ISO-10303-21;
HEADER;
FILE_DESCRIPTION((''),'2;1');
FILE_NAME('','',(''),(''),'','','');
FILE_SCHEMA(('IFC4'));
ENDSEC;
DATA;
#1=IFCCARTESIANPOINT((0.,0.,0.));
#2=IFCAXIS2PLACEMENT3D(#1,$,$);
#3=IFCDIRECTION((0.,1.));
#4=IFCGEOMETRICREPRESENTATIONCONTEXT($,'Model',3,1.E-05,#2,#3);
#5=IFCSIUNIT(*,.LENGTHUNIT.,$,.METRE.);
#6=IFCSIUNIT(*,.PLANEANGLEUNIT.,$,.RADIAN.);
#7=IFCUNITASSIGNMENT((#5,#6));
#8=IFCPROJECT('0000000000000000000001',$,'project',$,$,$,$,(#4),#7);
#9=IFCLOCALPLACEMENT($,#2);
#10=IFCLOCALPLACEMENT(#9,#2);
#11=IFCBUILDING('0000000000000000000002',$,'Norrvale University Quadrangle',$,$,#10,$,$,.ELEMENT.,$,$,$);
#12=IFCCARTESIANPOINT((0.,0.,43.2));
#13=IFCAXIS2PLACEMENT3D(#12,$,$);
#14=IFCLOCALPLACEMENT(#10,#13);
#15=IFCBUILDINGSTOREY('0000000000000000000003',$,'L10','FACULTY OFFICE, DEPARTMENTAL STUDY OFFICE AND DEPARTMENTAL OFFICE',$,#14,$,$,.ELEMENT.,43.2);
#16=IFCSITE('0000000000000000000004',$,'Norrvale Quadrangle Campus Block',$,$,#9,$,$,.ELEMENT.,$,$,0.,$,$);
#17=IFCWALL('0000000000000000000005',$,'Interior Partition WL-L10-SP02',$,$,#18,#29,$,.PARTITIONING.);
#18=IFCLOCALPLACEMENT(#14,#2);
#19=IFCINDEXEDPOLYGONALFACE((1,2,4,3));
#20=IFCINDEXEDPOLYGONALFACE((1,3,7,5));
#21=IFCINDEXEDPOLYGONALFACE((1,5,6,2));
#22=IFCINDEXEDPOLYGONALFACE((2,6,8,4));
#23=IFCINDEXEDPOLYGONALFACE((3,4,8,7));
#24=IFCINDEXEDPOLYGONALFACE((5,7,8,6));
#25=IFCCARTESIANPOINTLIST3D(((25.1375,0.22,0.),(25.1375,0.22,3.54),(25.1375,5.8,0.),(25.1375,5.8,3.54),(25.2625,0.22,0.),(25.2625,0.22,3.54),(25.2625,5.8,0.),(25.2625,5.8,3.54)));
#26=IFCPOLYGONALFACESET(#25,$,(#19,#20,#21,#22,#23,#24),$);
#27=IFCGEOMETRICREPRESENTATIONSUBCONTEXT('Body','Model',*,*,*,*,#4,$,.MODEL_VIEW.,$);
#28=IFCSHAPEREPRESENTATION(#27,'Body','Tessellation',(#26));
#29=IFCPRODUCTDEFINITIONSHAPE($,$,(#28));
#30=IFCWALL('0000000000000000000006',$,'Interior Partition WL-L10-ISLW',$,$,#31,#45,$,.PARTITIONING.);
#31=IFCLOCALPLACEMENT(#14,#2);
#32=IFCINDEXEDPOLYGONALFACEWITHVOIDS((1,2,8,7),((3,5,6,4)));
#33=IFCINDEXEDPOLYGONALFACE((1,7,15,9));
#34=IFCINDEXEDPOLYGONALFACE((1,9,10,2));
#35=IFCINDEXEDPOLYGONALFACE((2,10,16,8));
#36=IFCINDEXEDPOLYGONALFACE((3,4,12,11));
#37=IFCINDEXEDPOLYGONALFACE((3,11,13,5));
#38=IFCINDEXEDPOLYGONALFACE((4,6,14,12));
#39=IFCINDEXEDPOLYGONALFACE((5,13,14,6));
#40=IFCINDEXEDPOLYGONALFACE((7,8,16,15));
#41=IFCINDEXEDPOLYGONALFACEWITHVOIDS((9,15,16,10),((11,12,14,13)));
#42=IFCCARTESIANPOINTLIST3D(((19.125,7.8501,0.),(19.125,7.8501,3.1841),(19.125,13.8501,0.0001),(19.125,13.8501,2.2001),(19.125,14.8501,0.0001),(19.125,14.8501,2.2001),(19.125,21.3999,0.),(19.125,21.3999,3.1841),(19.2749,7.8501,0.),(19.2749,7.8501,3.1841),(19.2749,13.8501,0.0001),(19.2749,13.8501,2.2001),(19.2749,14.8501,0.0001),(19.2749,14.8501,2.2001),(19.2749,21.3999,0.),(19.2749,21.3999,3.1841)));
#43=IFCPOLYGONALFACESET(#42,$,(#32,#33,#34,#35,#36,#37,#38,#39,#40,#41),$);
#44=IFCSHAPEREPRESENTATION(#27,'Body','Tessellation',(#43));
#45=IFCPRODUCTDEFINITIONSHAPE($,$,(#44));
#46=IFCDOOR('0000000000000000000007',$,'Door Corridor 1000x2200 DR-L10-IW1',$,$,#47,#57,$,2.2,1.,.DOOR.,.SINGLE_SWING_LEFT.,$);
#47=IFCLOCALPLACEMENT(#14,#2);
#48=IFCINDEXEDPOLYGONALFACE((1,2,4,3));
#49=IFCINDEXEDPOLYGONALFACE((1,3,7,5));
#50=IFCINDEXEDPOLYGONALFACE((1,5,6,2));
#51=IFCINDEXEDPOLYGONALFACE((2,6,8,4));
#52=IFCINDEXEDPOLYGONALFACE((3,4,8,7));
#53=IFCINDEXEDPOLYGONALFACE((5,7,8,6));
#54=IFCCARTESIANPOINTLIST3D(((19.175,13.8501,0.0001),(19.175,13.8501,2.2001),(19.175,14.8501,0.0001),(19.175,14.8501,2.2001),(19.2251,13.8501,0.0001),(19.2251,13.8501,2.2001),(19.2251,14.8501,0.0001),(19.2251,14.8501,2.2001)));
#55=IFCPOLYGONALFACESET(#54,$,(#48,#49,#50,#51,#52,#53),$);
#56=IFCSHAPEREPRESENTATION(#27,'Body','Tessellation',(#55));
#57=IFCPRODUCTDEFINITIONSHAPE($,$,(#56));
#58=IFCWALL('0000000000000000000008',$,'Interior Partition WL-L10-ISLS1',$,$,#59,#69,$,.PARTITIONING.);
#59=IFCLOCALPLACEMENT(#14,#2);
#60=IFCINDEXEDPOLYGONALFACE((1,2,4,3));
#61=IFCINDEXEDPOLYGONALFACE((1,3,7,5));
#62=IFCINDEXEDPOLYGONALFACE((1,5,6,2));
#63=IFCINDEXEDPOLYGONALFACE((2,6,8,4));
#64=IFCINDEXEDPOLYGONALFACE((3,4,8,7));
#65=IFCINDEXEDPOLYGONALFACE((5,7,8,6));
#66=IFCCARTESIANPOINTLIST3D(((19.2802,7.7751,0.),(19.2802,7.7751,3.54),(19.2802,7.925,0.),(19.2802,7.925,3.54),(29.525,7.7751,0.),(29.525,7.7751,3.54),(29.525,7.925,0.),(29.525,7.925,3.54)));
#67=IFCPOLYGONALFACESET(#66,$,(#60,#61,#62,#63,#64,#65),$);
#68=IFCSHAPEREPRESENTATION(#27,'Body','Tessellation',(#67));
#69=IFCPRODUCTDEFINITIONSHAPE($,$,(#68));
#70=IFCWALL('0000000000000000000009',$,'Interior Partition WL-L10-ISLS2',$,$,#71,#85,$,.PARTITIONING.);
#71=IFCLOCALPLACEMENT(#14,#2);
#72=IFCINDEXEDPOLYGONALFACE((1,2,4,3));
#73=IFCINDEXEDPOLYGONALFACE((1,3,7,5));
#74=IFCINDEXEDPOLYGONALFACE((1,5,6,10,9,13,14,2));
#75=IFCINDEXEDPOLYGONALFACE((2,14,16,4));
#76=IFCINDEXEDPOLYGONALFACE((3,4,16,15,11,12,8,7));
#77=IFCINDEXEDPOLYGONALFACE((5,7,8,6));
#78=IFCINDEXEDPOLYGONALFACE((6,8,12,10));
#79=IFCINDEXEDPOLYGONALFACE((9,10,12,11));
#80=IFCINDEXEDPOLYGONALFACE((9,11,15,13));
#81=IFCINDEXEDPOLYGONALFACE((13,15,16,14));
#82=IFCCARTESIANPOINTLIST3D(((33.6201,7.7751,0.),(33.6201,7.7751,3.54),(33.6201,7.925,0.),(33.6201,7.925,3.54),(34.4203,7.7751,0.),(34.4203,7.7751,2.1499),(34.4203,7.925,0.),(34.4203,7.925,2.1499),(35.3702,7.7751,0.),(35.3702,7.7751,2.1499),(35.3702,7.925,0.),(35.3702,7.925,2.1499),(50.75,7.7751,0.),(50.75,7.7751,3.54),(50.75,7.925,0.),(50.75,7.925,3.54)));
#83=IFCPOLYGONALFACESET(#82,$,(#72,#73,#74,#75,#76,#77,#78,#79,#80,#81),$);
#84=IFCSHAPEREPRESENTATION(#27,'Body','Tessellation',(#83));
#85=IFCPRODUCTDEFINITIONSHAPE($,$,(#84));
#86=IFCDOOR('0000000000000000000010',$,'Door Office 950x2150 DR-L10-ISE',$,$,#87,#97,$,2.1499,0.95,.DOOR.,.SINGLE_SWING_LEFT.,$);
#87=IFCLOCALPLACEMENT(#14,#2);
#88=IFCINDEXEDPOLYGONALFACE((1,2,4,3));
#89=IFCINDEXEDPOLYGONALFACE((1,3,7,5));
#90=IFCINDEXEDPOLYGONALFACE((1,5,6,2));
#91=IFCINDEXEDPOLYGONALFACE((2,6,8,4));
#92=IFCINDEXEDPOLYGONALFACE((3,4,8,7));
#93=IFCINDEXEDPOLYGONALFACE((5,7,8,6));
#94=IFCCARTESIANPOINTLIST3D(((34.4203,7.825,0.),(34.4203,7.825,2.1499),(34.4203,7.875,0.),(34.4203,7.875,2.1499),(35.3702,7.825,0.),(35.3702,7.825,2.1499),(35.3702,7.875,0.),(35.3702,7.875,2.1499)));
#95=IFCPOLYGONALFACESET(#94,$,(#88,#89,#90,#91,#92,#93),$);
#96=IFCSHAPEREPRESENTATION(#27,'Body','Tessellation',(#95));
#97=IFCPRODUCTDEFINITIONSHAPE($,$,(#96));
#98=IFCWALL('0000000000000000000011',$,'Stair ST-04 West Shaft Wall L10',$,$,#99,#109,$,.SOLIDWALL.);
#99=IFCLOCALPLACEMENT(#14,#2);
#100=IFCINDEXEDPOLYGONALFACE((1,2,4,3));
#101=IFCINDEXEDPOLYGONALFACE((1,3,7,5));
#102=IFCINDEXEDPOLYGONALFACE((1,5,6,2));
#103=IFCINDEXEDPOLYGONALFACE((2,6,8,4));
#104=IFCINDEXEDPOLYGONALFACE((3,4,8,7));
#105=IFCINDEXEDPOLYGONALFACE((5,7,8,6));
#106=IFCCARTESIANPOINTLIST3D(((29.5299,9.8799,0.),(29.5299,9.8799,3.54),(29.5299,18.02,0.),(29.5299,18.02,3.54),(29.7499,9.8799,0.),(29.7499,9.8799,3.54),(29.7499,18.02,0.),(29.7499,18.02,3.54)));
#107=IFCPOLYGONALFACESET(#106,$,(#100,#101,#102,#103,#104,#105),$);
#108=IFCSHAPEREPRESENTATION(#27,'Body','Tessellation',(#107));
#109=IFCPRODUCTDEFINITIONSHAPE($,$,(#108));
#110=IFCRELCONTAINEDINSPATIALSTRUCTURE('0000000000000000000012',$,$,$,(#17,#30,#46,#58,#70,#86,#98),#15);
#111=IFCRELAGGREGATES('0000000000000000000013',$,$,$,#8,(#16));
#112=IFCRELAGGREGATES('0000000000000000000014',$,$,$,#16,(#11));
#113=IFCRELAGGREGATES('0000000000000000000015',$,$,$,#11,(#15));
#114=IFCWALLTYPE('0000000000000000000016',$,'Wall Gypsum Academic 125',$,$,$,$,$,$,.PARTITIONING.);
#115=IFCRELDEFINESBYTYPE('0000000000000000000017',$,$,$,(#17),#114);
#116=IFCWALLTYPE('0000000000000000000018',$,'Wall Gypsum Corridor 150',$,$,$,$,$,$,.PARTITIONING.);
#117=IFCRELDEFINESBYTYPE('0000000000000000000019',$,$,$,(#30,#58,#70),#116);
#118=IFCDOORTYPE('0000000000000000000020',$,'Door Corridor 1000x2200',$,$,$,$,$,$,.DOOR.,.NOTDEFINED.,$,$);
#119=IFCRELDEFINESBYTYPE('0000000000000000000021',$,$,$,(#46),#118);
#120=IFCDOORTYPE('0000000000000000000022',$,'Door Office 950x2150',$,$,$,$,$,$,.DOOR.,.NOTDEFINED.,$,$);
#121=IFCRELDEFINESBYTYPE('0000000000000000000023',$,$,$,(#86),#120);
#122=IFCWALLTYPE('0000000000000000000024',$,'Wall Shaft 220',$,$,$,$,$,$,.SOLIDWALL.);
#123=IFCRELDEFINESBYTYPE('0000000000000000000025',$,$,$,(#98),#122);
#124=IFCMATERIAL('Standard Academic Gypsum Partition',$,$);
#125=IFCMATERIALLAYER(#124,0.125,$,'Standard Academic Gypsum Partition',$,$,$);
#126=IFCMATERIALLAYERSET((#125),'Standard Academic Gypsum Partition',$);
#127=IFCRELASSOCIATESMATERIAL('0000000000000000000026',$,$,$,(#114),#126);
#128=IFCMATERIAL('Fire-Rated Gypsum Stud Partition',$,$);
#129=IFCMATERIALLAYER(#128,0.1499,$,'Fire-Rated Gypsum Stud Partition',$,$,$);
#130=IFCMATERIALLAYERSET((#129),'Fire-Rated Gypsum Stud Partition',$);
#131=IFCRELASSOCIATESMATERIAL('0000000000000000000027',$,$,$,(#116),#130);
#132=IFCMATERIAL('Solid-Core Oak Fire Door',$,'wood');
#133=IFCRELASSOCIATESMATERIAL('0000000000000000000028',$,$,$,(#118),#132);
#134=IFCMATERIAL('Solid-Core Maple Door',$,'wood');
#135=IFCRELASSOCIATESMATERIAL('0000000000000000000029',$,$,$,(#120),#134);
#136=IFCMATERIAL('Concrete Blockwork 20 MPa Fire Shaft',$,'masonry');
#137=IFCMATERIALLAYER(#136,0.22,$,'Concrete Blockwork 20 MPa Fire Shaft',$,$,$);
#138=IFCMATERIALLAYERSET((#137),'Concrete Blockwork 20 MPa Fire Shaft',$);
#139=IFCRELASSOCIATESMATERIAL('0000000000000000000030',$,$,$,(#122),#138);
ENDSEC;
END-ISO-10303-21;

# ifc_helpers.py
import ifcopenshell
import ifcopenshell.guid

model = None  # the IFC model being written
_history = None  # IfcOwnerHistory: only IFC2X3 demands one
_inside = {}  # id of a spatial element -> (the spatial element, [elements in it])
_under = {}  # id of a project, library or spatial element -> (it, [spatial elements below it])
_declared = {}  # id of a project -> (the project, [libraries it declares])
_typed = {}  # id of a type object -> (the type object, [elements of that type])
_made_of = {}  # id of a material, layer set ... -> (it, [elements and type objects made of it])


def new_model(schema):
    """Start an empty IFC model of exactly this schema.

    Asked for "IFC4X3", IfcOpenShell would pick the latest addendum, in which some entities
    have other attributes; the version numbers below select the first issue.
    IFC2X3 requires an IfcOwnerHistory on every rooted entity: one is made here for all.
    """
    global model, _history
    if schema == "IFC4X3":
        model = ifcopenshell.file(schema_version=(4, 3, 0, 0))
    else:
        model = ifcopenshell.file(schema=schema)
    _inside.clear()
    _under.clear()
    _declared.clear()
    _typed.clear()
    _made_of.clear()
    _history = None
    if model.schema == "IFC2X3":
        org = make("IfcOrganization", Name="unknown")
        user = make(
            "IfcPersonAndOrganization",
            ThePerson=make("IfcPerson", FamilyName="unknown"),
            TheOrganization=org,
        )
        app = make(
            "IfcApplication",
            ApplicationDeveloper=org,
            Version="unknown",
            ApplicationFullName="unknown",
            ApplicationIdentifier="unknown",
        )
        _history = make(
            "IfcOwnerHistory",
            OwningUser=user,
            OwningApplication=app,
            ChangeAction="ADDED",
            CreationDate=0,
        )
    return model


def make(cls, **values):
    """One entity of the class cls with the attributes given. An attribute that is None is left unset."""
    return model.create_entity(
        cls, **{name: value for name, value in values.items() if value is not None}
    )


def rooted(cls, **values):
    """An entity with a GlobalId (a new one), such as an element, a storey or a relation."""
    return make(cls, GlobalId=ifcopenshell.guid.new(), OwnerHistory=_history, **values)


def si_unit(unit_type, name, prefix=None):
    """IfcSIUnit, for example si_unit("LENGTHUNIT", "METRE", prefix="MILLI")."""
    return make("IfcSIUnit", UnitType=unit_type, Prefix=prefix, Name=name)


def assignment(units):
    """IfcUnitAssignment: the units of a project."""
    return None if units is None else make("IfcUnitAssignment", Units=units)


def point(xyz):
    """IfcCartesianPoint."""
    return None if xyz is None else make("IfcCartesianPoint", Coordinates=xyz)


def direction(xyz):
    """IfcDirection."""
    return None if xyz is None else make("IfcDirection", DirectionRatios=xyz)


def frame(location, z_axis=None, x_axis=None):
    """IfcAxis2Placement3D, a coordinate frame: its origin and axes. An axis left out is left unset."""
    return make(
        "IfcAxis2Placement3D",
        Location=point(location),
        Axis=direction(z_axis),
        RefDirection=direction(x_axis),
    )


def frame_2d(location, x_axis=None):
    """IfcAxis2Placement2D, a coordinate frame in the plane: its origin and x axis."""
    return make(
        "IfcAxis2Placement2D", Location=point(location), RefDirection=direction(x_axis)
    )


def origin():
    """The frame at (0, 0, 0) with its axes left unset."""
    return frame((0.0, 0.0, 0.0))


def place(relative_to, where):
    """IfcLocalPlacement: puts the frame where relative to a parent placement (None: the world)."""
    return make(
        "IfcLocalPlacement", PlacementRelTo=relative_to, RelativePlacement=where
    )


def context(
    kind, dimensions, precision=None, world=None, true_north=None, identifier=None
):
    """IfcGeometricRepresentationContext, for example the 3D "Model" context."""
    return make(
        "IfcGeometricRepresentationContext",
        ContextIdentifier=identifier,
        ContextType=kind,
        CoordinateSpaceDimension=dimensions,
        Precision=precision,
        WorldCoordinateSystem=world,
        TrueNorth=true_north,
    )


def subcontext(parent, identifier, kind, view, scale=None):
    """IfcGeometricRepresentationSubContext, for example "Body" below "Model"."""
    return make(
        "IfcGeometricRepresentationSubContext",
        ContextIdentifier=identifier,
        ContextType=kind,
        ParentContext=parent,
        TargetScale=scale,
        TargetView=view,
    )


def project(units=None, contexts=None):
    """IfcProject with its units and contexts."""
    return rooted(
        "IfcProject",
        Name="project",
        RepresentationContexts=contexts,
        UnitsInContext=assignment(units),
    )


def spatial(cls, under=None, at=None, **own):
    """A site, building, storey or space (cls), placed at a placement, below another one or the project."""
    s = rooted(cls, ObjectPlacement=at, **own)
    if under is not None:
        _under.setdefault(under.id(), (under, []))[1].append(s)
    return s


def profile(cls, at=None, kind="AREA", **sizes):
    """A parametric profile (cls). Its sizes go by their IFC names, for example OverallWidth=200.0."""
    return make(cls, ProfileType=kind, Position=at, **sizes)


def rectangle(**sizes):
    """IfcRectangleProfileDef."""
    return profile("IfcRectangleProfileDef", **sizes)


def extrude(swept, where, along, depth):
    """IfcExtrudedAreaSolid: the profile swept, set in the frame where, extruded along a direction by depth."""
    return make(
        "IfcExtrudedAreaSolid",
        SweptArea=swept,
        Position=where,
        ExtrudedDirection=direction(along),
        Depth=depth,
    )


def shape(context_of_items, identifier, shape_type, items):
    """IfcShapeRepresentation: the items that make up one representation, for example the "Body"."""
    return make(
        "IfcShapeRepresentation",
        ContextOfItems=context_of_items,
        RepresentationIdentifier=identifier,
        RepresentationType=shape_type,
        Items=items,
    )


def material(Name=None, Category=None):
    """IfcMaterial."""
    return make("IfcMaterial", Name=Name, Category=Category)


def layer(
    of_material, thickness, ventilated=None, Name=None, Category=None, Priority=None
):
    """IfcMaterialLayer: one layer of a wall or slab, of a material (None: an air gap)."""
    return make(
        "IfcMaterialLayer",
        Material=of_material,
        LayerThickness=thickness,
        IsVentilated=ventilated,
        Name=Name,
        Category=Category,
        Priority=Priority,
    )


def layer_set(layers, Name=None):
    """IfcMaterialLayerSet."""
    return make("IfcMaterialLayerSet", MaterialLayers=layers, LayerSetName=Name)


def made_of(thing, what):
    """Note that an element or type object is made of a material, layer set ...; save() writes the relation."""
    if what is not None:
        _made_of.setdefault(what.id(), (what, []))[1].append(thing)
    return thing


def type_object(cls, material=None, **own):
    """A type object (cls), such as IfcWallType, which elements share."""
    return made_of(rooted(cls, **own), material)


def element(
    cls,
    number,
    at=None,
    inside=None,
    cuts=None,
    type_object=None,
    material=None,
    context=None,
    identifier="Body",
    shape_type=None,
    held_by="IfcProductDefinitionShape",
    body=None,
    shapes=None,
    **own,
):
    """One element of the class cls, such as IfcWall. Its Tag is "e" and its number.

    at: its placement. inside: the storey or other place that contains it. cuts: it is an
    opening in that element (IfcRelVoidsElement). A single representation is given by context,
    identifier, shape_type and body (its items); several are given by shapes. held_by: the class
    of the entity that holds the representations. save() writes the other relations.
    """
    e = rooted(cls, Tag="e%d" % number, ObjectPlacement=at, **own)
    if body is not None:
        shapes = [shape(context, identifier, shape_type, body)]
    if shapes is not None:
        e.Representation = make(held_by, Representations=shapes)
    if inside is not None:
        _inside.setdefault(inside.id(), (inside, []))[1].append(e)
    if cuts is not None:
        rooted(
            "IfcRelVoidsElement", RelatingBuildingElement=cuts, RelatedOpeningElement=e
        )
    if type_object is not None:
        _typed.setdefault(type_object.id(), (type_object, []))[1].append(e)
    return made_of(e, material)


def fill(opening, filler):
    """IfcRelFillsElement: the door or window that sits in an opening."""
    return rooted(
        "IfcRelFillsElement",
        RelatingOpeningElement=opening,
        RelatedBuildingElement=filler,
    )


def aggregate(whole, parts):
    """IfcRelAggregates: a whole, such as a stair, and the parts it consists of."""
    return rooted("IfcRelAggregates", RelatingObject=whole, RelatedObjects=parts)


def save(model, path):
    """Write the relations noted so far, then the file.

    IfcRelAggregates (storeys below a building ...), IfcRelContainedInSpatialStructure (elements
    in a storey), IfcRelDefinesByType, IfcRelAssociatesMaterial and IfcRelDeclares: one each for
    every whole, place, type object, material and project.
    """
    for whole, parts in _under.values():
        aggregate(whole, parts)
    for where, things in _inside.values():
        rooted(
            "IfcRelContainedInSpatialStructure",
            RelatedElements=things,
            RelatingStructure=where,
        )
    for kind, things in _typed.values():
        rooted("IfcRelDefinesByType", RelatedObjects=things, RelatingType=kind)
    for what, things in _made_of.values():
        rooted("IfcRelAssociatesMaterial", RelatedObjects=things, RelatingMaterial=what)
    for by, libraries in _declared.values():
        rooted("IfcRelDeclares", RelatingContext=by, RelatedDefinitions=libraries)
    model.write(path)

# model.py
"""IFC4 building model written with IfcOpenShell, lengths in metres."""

from ifc_helpers import new_model, si_unit, direction, frame, frame_2d, origin, place, context, subcontext, project, spatial, rectangle, extrude, material, layer, layer_set, type_object, element, fill, save


model = new_model("IFC4")

# Units and contexts
model_context = context("Model", 3, precision=1e-05, world=origin(), true_north=direction((0.0, 1.0)))
body_context = subcontext(model_context, "Body", "Model", "MODEL_VIEW")
ifc_project = project(units=[si_unit("LENGTHUNIT", "METRE"), si_unit("PLANEANGLEUNIT", "RADIAN")], contexts=[model_context])

# Site, building, storey
site_placement = place(None, origin())
site = spatial("IfcSite", under=ifc_project, at=site_placement, Name="Norrvale Quadrangle Campus Block", CompositionType="ELEMENT", RefElevation=0.0)
building_placement = place(site_placement, origin())
building = spatial("IfcBuilding", under=site, at=building_placement, Name="Norrvale University Quadrangle", CompositionType="ELEMENT")
storey_placement = place(building_placement, frame((0.0, 0.0, 43.2)))
storey = spatial("IfcBuildingStorey", under=building, at=storey_placement, Name="L10", Description="FACULTY OFFICE, DEPARTMENTAL STUDY OFFICE AND DEPARTMENTAL OFFICE", CompositionType="ELEMENT", Elevation=43.2)

# Wall
ifc_material_1 = material(Name="Standard Academic Gypsum Partition")
ifc_layer_1 = layer(ifc_material_1, 0.125, Name="Standard Academic Gypsum Partition")
ifc_layer_set_1 = layer_set([ifc_layer_1], Name="Standard Academic Gypsum Partition")
wall_type_1 = type_object("IfcWallType", Name="Wall Gypsum Academic 125", PredefinedType="PARTITIONING", material=ifc_layer_set_1)
wall_1_placement = place(storey_placement, frame((25.2, 0.22, 0.0), z_axis=(0.0, 0.0, 1.0), x_axis=(0.0, 1.0, 0.0)))
element("IfcWall", 1, at=wall_1_placement, inside=storey, type_object=wall_type_1, Name="Interior Partition WL-L10-SP02", PredefinedType="PARTITIONING", context=body_context, shape_type="SweptSolid", body=[
    extrude(rectangle(XDim=5.5801, YDim=0.125, at=frame_2d((2.79, 0.0))), origin(), (0.0, 0.0, 1.0), 3.54),
])

# Wall, opening, door
ifc_material_2 = material(Name="Fire-Rated Gypsum Stud Partition")
ifc_layer_2 = layer(ifc_material_2, 0.1499, Name="Fire-Rated Gypsum Stud Partition")
ifc_layer_set_2 = layer_set([ifc_layer_2], Name="Fire-Rated Gypsum Stud Partition")
wall_type_2 = type_object("IfcWallType", Name="Wall Gypsum Corridor 150", PredefinedType="PARTITIONING", material=ifc_layer_set_2)
wall_2_placement = place(storey_placement, frame((19.2, 7.8501, 0.0), z_axis=(0.0, 0.0, 1.0), x_axis=(0.0, 1.0, 0.0)))
wall_2 = element("IfcWall", 2, at=wall_2_placement, inside=storey, type_object=wall_type_2, Name="Interior Partition WL-L10-ISLW", PredefinedType="PARTITIONING", context=body_context, shape_type="SweptSolid", body=[
    extrude(rectangle(XDim=13.5498, YDim=0.1499, at=frame_2d((6.7749, 0.0))), origin(), (0.0, 0.0, 1.0), 3.1841),
])
opening_1_placement = place(wall_2_placement, frame((6.0, 0.0, 0.0)))
opening_1 = element("IfcOpeningElement", 3, at=opening_1_placement, cuts=wall_2, PredefinedType="OPENING", context=body_context, shape_type="SweptSolid", body=[
    extrude(rectangle(XDim=1.0, YDim=2.2, at=frame_2d((0.5, 1.1001))), frame((0.0, 0.0869, 0.0), z_axis=(0.0, -1.0, 0.0), x_axis=(1.0, 0.0, 0.0)), (0.0, 0.0, 1.0), 0.1738),
])
ifc_material_3 = material(Name="Solid-Core Oak Fire Door", Category="wood")
door_type_1 = type_object("IfcDoorType", Name="Door Corridor 1000x2200", OperationType="NOTDEFINED", PredefinedType="DOOR", material=ifc_material_3)
door_1_placement = place(opening_1_placement, origin())
door_1 = element("IfcDoor", 4, at=door_1_placement, inside=storey, type_object=door_type_1, Name="Door Corridor 1000x2200 DR-L10-IW1", OperationType="SINGLE_SWING_LEFT", OverallHeight=2.2, OverallWidth=1.0, PredefinedType="DOOR", context=body_context, shape_type="SweptSolid", body=[
    extrude(rectangle(XDim=1.0, YDim=2.2, at=frame_2d((0.5, 1.1001))), frame((0.0, 0.0249, 0.0), z_axis=(0.0, -1.0, 0.0), x_axis=(1.0, 0.0, 0.0)), (0.0, 0.0, 1.0), 0.05),
])
fill(opening_1, door_1)

# Wall
wall_3_placement = place(storey_placement, frame((19.28, 7.8501, 0.0), z_axis=(0.0, 0.0, 1.0), x_axis=(1.0, 0.0, 0.0)))
element("IfcWall", 5, at=wall_3_placement, inside=storey, type_object=wall_type_2, Name="Interior Partition WL-L10-ISLS1", PredefinedType="PARTITIONING", context=body_context, shape_type="SweptSolid", body=[
    extrude(rectangle(XDim=10.2449, YDim=0.1499, at=frame_2d((5.1226, 0.0))), origin(), (0.0, 0.0, 1.0), 3.54),
])

# Wall, opening, door
wall_4_placement = place(storey_placement, frame((33.6201, 7.8501, 0.0), z_axis=(0.0, 0.0, 1.0), x_axis=(1.0, 0.0, 0.0)))
wall_4 = element("IfcWall", 6, at=wall_4_placement, inside=storey, type_object=wall_type_2, Name="Interior Partition WL-L10-ISLS2", PredefinedType="PARTITIONING", context=body_context, shape_type="SweptSolid", body=[
    extrude(rectangle(XDim=17.1299, YDim=0.1499, at=frame_2d((8.5649, 0.0))), origin(), (0.0, 0.0, 1.0), 3.54),
])
opening_2_placement = place(wall_4_placement, frame((0.8, 0.0, 0.0)))
opening_2 = element("IfcOpeningElement", 7, at=opening_2_placement, cuts=wall_4, PredefinedType="OPENING", context=body_context, shape_type="SweptSolid", body=[
    extrude(rectangle(XDim=0.95, YDim=2.1499, at=frame_2d((0.4751, 1.075))), frame((0.0, 0.0869, 0.0), z_axis=(0.0, -1.0, 0.0), x_axis=(1.0, 0.0, 0.0)), (0.0, 0.0, 1.0), 0.1738),
])
ifc_material_4 = material(Name="Solid-Core Maple Door", Category="wood")
door_type_2 = type_object("IfcDoorType", Name="Door Office 950x2150", OperationType="NOTDEFINED", PredefinedType="DOOR", material=ifc_material_4)
door_2_placement = place(opening_2_placement, origin())
door_2 = element("IfcDoor", 8, at=door_2_placement, inside=storey, type_object=door_type_2, Name="Door Office 950x2150 DR-L10-ISE", OperationType="SINGLE_SWING_LEFT", OverallHeight=2.1499, OverallWidth=0.95, PredefinedType="DOOR", context=body_context, shape_type="SweptSolid", body=[
    extrude(rectangle(XDim=0.95, YDim=2.1499, at=frame_2d((0.4751, 1.075))), frame((0.0, 0.0249, 0.0), z_axis=(0.0, -1.0, 0.0), x_axis=(1.0, 0.0, 0.0)), (0.0, 0.0, 1.0), 0.05),
])
fill(opening_2, door_2)

# Wall
ifc_material_5 = material(Name="Concrete Blockwork 20 MPa Fire Shaft", Category="masonry")
ifc_layer_3 = layer(ifc_material_5, 0.22, Name="Concrete Blockwork 20 MPa Fire Shaft")
ifc_layer_set_3 = layer_set([ifc_layer_3], Name="Concrete Blockwork 20 MPa Fire Shaft")
wall_type_3 = type_object("IfcWallType", Name="Wall Shaft 220", PredefinedType="SOLIDWALL", material=ifc_layer_set_3)
wall_5_placement = place(storey_placement, frame((29.6399, 9.8799, 0.0), z_axis=(0.0, 0.0, 1.0), x_axis=(0.0, 1.0, 0.0)))
element("IfcWall", 9, at=wall_5_placement, inside=storey, type_object=wall_type_3, Name="Stair ST-04 West Shaft Wall L10", PredefinedType="SOLIDWALL", context=body_context, shape_type="SweptSolid", body=[
    extrude(rectangle(XDim=8.1401, YDim=0.22, at=frame_2d((4.0701, 0.0))), origin(), (0.0, 0.0, 1.0), 3.54),
])

save(model, "model.ifc")
